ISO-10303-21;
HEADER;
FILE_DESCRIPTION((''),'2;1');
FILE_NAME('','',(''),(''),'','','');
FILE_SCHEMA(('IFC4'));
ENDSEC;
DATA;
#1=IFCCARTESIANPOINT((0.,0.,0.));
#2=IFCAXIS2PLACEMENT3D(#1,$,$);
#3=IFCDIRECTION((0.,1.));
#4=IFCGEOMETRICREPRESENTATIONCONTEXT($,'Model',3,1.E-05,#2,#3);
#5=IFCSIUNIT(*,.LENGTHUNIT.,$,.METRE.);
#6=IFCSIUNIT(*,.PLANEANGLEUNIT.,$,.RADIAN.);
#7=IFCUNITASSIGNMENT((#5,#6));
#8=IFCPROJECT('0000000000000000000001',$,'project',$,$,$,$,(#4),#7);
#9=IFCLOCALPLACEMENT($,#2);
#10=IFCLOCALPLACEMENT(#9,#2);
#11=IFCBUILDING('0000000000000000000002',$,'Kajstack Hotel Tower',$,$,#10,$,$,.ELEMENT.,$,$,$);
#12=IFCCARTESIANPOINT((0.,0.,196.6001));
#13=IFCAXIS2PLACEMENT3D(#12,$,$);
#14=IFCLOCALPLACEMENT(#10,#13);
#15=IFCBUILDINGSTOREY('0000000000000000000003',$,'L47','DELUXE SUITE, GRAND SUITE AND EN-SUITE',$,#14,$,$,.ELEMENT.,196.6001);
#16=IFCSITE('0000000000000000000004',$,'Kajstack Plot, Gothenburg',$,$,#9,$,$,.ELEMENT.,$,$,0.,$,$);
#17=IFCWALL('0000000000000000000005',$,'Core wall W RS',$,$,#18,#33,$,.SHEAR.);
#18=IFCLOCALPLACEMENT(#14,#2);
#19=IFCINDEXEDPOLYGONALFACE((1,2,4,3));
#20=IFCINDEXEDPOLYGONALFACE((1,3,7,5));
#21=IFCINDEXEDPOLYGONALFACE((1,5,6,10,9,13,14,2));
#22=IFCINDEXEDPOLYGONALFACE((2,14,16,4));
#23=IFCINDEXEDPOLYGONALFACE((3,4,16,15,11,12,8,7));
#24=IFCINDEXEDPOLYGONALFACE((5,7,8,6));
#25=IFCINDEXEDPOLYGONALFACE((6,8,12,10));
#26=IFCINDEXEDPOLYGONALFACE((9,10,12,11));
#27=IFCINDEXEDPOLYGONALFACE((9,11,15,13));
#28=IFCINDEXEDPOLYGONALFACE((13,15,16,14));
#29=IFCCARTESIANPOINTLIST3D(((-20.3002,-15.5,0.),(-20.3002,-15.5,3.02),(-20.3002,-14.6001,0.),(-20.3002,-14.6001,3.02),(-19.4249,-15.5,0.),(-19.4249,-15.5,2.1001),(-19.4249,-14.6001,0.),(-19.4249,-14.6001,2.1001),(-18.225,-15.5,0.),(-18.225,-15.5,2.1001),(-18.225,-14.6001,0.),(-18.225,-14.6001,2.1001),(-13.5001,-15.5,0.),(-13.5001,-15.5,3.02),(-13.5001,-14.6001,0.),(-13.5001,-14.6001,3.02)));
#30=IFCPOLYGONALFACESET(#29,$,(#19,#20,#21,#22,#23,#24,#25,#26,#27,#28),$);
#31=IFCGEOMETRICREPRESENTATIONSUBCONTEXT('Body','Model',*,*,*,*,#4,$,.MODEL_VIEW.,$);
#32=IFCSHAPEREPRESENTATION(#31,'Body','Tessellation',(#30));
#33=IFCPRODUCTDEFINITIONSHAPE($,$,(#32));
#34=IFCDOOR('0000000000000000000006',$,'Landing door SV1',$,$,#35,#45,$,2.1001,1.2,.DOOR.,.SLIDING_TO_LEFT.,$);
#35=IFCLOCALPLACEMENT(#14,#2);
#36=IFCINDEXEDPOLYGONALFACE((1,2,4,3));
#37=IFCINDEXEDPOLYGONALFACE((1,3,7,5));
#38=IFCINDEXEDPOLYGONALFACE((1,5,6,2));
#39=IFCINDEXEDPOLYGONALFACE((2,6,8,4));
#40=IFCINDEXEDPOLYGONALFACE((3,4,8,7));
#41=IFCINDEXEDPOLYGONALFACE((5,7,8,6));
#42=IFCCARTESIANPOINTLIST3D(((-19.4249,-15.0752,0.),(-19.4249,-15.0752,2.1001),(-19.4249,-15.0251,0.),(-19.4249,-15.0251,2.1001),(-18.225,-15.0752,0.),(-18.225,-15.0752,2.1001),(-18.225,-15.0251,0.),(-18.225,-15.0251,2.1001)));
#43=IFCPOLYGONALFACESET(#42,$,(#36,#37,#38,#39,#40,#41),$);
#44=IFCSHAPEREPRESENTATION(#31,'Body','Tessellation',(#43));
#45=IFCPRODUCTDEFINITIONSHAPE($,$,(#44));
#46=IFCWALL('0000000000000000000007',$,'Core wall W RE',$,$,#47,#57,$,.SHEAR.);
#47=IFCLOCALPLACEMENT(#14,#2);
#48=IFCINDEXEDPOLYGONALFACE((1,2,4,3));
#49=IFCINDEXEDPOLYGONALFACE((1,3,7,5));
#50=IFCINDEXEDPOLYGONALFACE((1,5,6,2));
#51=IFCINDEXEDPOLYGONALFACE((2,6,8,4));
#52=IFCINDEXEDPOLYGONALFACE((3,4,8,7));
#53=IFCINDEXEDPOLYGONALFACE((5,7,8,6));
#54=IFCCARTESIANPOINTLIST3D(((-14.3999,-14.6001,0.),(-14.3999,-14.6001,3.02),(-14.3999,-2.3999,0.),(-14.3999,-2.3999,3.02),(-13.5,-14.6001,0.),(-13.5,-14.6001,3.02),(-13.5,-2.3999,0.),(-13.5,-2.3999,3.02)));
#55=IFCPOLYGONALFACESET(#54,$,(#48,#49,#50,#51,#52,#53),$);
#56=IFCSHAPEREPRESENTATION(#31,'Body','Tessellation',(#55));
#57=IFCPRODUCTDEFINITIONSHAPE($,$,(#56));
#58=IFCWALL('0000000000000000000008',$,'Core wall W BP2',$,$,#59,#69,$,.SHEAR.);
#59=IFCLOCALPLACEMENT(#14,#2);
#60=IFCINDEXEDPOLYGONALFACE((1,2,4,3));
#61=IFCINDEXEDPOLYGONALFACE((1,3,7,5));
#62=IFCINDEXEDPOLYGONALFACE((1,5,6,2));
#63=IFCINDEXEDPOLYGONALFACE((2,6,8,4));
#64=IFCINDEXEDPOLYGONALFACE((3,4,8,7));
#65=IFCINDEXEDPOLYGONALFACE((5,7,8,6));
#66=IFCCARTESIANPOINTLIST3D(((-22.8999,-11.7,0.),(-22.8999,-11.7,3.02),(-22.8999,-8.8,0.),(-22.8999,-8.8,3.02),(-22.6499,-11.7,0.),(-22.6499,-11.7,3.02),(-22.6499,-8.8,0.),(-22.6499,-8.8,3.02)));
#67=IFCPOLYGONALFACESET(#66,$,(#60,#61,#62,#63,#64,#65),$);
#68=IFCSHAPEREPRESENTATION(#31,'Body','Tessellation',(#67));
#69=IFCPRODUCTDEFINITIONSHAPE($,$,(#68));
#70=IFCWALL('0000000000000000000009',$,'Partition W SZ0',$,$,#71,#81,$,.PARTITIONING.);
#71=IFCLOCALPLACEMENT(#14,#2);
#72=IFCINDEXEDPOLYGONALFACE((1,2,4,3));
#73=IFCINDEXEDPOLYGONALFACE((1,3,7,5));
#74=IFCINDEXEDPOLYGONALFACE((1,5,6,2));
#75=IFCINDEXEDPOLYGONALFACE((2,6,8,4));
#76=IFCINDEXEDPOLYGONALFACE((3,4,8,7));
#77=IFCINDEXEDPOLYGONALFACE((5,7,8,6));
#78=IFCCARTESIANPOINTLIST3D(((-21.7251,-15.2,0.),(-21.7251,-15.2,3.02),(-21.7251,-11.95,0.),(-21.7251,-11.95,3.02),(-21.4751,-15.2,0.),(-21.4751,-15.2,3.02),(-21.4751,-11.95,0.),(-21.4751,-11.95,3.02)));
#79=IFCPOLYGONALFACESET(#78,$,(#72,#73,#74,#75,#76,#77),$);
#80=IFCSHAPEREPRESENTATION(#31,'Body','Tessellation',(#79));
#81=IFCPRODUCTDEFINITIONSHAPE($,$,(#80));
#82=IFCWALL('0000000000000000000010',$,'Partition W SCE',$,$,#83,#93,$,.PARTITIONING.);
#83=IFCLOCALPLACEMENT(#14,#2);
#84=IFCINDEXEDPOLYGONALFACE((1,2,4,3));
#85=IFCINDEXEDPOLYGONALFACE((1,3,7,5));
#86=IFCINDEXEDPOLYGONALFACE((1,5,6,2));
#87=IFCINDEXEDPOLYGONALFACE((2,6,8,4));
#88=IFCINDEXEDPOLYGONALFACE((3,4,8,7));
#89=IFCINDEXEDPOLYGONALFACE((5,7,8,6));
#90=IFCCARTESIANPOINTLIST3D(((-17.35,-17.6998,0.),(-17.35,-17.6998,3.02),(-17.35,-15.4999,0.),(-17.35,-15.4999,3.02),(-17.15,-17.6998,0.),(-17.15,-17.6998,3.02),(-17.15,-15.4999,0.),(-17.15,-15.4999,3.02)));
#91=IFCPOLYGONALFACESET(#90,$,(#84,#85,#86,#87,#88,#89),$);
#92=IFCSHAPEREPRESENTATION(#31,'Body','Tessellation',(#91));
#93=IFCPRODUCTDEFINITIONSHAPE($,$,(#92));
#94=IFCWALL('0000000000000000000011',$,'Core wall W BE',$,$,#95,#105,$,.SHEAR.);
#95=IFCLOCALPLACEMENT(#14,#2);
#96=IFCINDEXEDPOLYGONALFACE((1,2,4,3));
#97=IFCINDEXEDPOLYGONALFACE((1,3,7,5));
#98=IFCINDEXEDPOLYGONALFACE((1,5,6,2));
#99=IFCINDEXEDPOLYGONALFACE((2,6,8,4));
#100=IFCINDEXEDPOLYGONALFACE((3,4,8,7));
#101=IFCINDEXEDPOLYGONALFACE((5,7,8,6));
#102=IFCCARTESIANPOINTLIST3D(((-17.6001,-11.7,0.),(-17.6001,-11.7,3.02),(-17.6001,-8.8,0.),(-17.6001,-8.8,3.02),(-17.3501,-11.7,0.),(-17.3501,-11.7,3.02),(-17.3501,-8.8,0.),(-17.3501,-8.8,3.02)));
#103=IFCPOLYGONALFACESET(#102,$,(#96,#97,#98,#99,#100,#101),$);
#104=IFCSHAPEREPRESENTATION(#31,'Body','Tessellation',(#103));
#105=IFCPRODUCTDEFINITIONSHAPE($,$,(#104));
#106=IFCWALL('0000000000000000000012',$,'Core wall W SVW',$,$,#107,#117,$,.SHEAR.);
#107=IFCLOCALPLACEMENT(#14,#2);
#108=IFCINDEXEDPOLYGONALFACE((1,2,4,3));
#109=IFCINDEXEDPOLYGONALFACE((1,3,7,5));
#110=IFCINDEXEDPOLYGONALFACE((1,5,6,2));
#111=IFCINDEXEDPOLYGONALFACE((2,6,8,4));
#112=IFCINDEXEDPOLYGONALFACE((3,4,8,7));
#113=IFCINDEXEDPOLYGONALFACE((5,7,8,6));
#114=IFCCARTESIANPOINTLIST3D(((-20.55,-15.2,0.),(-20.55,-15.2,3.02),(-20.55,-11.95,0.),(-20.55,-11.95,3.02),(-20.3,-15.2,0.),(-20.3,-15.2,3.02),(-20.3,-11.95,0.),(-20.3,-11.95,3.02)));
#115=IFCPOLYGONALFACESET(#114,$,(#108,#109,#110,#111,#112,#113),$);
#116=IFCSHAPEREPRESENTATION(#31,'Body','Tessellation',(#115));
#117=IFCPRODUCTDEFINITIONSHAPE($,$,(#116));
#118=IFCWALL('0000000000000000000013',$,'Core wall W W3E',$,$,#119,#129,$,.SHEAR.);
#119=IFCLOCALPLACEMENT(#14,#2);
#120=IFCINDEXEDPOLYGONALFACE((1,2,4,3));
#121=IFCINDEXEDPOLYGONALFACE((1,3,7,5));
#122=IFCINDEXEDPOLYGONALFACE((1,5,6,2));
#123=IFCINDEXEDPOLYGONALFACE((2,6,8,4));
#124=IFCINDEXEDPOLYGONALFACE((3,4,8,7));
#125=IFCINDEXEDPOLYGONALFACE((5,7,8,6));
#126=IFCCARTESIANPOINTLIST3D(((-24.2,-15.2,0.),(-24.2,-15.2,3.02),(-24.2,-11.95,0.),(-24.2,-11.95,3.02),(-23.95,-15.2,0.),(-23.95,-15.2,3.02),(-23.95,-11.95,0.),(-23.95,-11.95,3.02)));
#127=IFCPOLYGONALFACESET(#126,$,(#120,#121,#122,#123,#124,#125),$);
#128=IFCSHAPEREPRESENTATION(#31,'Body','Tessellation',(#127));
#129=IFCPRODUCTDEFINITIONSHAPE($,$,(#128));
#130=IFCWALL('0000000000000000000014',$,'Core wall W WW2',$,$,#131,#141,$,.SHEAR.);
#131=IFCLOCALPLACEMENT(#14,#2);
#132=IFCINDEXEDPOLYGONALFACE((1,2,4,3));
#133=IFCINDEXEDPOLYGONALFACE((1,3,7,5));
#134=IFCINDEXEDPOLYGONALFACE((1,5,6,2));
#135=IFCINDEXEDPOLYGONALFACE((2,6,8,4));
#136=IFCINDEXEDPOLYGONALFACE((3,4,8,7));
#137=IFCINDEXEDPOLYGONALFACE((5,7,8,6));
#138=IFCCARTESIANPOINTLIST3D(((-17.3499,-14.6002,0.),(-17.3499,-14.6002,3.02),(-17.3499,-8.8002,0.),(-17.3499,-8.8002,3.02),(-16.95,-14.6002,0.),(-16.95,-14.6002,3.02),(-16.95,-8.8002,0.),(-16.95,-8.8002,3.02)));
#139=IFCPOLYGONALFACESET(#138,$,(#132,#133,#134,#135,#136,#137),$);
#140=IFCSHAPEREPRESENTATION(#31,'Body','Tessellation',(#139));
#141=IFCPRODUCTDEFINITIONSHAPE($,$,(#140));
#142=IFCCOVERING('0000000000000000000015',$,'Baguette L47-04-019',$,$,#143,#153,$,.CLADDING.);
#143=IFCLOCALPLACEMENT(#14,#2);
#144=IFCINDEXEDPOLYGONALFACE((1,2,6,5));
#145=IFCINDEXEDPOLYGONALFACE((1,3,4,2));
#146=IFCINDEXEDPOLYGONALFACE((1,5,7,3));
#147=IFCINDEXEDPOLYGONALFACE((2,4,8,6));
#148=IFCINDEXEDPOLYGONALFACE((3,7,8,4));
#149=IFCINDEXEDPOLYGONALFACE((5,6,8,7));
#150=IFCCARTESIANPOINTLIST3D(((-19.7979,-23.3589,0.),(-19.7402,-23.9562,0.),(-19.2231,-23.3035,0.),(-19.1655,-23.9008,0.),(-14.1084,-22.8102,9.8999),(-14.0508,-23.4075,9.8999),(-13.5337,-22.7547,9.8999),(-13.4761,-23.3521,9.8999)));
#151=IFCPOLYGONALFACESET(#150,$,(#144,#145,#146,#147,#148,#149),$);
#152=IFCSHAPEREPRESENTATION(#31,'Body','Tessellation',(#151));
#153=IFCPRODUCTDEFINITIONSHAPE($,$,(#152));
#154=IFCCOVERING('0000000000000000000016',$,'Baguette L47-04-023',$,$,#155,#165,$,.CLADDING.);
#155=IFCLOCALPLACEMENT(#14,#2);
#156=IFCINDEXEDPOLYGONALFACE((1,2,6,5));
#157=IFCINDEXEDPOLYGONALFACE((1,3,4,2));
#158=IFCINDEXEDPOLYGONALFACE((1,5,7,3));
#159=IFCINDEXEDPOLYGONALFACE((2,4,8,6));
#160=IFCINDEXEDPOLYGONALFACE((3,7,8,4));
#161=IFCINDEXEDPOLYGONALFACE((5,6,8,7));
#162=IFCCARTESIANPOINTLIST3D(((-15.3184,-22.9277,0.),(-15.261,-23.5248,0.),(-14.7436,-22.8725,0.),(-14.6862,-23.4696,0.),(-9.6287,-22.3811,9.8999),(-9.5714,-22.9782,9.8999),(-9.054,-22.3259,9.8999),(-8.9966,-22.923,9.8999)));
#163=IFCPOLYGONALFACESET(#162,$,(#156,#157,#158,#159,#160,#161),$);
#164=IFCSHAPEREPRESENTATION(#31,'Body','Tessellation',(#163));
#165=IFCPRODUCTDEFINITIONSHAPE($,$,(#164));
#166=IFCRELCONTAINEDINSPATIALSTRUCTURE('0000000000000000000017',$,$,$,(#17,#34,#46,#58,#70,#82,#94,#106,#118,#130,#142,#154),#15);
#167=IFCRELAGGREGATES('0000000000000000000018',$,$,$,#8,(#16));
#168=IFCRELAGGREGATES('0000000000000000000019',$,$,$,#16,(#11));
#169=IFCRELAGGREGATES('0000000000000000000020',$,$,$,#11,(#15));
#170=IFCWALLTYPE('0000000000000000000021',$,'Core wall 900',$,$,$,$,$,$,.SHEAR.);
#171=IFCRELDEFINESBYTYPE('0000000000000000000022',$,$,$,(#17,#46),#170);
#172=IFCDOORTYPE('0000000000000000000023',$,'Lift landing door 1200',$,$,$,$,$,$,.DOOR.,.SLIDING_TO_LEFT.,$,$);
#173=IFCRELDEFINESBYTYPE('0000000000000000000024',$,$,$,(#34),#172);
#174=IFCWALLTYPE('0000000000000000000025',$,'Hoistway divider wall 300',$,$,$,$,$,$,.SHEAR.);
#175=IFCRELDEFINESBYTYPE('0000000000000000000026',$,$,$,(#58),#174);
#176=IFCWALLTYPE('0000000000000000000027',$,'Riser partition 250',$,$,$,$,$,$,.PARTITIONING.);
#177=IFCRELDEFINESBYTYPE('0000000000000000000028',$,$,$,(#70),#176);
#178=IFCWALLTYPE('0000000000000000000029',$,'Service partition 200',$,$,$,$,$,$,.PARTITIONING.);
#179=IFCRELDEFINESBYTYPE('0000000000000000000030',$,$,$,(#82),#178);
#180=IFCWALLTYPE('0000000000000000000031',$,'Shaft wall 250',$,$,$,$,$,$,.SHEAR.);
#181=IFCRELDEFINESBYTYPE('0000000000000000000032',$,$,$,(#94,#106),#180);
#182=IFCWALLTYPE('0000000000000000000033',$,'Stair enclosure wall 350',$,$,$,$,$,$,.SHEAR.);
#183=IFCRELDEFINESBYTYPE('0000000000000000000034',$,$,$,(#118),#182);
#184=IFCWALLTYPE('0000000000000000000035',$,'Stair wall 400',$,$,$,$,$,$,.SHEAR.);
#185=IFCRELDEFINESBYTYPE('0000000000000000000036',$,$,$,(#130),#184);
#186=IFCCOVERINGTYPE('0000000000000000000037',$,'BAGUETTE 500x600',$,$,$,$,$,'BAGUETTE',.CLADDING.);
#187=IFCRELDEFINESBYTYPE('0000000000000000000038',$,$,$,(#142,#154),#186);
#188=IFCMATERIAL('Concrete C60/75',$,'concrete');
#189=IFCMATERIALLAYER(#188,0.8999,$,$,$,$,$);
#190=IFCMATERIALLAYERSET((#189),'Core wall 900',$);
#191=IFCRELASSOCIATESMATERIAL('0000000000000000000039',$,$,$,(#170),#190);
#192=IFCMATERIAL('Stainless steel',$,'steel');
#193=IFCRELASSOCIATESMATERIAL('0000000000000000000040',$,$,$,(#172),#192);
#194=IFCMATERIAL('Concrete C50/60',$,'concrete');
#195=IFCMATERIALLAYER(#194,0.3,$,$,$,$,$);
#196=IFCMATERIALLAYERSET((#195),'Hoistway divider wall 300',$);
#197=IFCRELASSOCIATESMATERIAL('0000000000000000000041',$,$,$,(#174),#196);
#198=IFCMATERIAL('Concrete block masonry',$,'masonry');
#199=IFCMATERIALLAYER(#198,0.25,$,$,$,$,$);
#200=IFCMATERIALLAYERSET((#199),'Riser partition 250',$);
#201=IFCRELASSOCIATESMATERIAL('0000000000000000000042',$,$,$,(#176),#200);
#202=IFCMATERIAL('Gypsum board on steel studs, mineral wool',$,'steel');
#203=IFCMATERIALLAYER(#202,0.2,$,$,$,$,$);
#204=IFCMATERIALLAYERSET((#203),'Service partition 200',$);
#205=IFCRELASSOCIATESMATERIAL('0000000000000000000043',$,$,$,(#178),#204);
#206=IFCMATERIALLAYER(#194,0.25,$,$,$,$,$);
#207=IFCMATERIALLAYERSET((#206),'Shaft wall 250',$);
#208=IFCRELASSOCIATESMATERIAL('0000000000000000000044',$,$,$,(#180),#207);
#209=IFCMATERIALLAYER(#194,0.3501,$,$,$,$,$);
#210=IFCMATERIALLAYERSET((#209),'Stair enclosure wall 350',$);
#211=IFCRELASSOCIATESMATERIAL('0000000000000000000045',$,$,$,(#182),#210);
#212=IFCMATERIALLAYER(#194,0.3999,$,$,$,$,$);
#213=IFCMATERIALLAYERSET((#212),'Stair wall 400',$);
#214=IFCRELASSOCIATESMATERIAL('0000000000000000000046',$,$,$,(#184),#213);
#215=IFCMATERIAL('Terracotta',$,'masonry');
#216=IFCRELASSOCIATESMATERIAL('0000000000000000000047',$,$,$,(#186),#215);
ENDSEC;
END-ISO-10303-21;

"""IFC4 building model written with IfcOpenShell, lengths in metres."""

from ifc_helpers import new_model, si_unit, direction, frame, frame_2d, origin, origin_2d, place, context, subcontext, project, spatial, polyline, rectangle, outline, extrude, material, layer, layer_set, material_profile, profile_set, type_object, element, fill, save


model = new_model("IFC4")

# Units and contexts
model_context = context("Model", 3, precision=1e-05, world=origin(), true_north=direction((0.0, 1.0)))
body_context = subcontext(model_context, "Body", "Model", "MODEL_VIEW")
ifc_project = project(units=[si_unit("LENGTHUNIT", "METRE"), si_unit("PLANEANGLEUNIT", "RADIAN")], contexts=[model_context])

# Site, building, storey
site_placement = place(None, origin())
site = spatial("IfcSite", under=ifc_project, at=site_placement, Name="Kajstack Plot, Gothenburg", CompositionType="ELEMENT", RefElevation=0.0)
building_placement = place(site_placement, origin())
building = spatial("IfcBuilding", under=site, at=building_placement, Name="Kajstack Hotel Tower", CompositionType="ELEMENT")
storey_placement = place(building_placement, frame((0.0, 0.0, 196.6001)))
storey = spatial("IfcBuildingStorey", under=building, at=storey_placement, Name="L47", Description="DELUXE SUITE, GRAND SUITE AND EN-SUITE", CompositionType="ELEMENT", Elevation=196.6001)

# Wall, opening, door
ifc_material_1 = material(Name="Concrete C60/75", Category="concrete")
ifc_layer_1 = layer(ifc_material_1, 0.8999)
ifc_layer_set_1 = layer_set([ifc_layer_1], Name="Core wall 900")
wall_type_1 = type_object("IfcWallType", Name="Core wall 900", PredefinedType="SHEAR", material=ifc_layer_set_1)
wall_1_placement = place(storey_placement, frame((-20.3, -15.05, 0.0), z_axis=(0.0, 0.0, 1.0), x_axis=(1.0, 0.0, 0.0)))
wall_1 = element("IfcWall", 1, at=wall_1_placement, inside=storey, type_object=wall_type_1, Name="Core wall W RS", PredefinedType="SHEAR", context=body_context, shape_type="SweptSolid", body=[
    extrude(rectangle(XDim=6.8, YDim=0.8999, at=frame_2d((3.3999, 0.0))), origin(), (0.0, 0.0, 1.0), 3.02),
])
opening_placement = place(wall_1_placement, frame((0.875, 0.0, 0.0)))
opening = element("IfcOpeningElement", 2, at=opening_placement, cuts=wall_1, PredefinedType="OPENING", context=body_context, shape_type="SweptSolid", body=[
    extrude(rectangle(XDim=1.2, YDim=2.1001, at=frame_2d((0.6001, 1.05))), frame((0.0, 0.46, 0.0), z_axis=(0.0, -1.0, 0.0), x_axis=(1.0, 0.0, 0.0)), (0.0, 0.0, 1.0), 0.9199),
])
ifc_material_2 = material(Name="Stainless steel", Category="steel")
door_type = type_object("IfcDoorType", Name="Lift landing door 1200", OperationType="SLIDING_TO_LEFT", PredefinedType="DOOR", material=ifc_material_2)
door_placement = place(opening_placement, origin())
door = element("IfcDoor", 3, at=door_placement, inside=storey, type_object=door_type, Name="Landing door SV1", OperationType="SLIDING_TO_LEFT", OverallHeight=2.1001, OverallWidth=1.2, PredefinedType="DOOR", context=body_context, shape_type="SweptSolid", body=[
    extrude(rectangle(XDim=1.2, YDim=2.1001, at=frame_2d((0.6001, 1.05))), frame((0.0, 0.0249, 0.0), z_axis=(0.0, -1.0, 0.0), x_axis=(1.0, 0.0, 0.0)), (0.0, 0.0, 1.0), 0.05),
])
fill(opening, door)

# Walls
wall_2_placement = place(storey_placement, frame((-13.95, -14.6001, 0.0), z_axis=(0.0, 0.0, 1.0), x_axis=(0.0, 1.0, 0.0)))
element("IfcWall", 4, at=wall_2_placement, inside=storey, type_object=wall_type_1, Name="Core wall W RE", PredefinedType="SHEAR", context=body_context, shape_type="SweptSolid", body=[
    extrude(rectangle(XDim=12.2002, YDim=0.8999, at=frame_2d((6.1001, 0.0))), origin(), (0.0, 0.0, 1.0), 3.02),
])
ifc_material_3 = material(Name="Concrete C50/60", Category="concrete")
ifc_layer_2 = layer(ifc_material_3, 0.3)
ifc_layer_set_2 = layer_set([ifc_layer_2], Name="Hoistway divider wall 300")
wall_type_2 = type_object("IfcWallType", Name="Hoistway divider wall 300", PredefinedType="SHEAR", material=ifc_layer_set_2)
wall_3_placement = place(storey_placement, frame((-22.7749, -11.7, 0.0), z_axis=(0.0, 0.0, 1.0), x_axis=(0.0, 1.0, 0.0)))
element("IfcWall", 5, at=wall_3_placement, inside=storey, type_object=wall_type_2, Name="Core wall W BP2", PredefinedType="SHEAR", context=body_context, shape_type="SweptSolid", body=[
    extrude(rectangle(XDim=2.8999, YDim=0.25, at=frame_2d((1.45, 0.0))), origin(), (0.0, 0.0, 1.0), 3.02),
])
ifc_material_4 = material(Name="Concrete block masonry", Category="masonry")
ifc_layer_3 = layer(ifc_material_4, 0.25)
ifc_layer_set_3 = layer_set([ifc_layer_3], Name="Riser partition 250")
wall_type_3 = type_object("IfcWallType", Name="Riser partition 250", PredefinedType="PARTITIONING", material=ifc_layer_set_3)
wall_4_placement = place(storey_placement, frame((-21.6001, -15.2, 0.0), z_axis=(0.0, 0.0, 1.0), x_axis=(0.0, 1.0, 0.0)))
element("IfcWall", 6, at=wall_4_placement, inside=storey, type_object=wall_type_3, Name="Partition W SZ0", PredefinedType="PARTITIONING", context=body_context, shape_type="SweptSolid", body=[
    extrude(rectangle(XDim=3.25, YDim=0.25, at=frame_2d((1.625, 0.0))), origin(), (0.0, 0.0, 1.0), 3.02),
])
ifc_material_5 = material(Name="Gypsum board on steel studs, mineral wool", Category="steel")
ifc_layer_4 = layer(ifc_material_5, 0.2)
ifc_layer_set_4 = layer_set([ifc_layer_4], Name="Service partition 200")
wall_type_4 = type_object("IfcWallType", Name="Service partition 200", PredefinedType="PARTITIONING", material=ifc_layer_set_4)
wall_5_placement = place(storey_placement, frame((-17.25, -17.7, 0.0), z_axis=(0.0, 0.0, 1.0), x_axis=(0.0, 1.0, 0.0)))
element("IfcWall", 7, at=wall_5_placement, inside=storey, type_object=wall_type_4, Name="Partition W SCE", PredefinedType="PARTITIONING", context=body_context, shape_type="SweptSolid", body=[
    extrude(rectangle(XDim=2.2, YDim=0.2, at=frame_2d((1.1001, 0.0))), origin(), (0.0, 0.0, 1.0), 3.02),
])
ifc_layer_5 = layer(ifc_material_3, 0.25)
ifc_layer_set_5 = layer_set([ifc_layer_5], Name="Shaft wall 250")
wall_type_5 = type_object("IfcWallType", Name="Shaft wall 250", PredefinedType="SHEAR", material=ifc_layer_set_5)
wall_6_placement = place(storey_placement, frame((-17.4751, -11.7, 0.0), z_axis=(0.0, 0.0, 1.0), x_axis=(0.0, 1.0, 0.0)))
element("IfcWall", 8, at=wall_6_placement, inside=storey, type_object=wall_type_5, Name="Core wall W BE", PredefinedType="SHEAR", context=body_context, shape_type="SweptSolid", body=[
    extrude(rectangle(XDim=2.8999, YDim=0.25, at=frame_2d((1.45, 0.0))), origin(), (0.0, 0.0, 1.0), 3.02),
])
wall_7_placement = place(storey_placement, frame((-20.425, -15.2, 0.0), z_axis=(0.0, 0.0, 1.0), x_axis=(0.0, 1.0, 0.0)))
element("IfcWall", 9, at=wall_7_placement, inside=storey, type_object=wall_type_5, Name="Core wall W SVW", PredefinedType="SHEAR", context=body_context, shape_type="SweptSolid", body=[
    extrude(rectangle(XDim=3.25, YDim=0.25, at=frame_2d((1.625, 0.0))), origin(), (0.0, 0.0, 1.0), 3.02),
])
ifc_layer_6 = layer(ifc_material_3, 0.3501)
ifc_layer_set_6 = layer_set([ifc_layer_6], Name="Stair enclosure wall 350")
wall_type_6 = type_object("IfcWallType", Name="Stair enclosure wall 350", PredefinedType="SHEAR", material=ifc_layer_set_6)
wall_8_placement = place(storey_placement, frame((-24.075, -15.2, 0.0), z_axis=(0.0, 0.0, 1.0), x_axis=(0.0, 1.0, 0.0)))
element("IfcWall", 10, at=wall_8_placement, inside=storey, type_object=wall_type_6, Name="Core wall W W3E", PredefinedType="SHEAR", context=body_context, shape_type="SweptSolid", body=[
    extrude(rectangle(XDim=3.25, YDim=0.25, at=frame_2d((1.625, 0.0))), origin(), (0.0, 0.0, 1.0), 3.02),
])
ifc_layer_7 = layer(ifc_material_3, 0.3999)
ifc_layer_set_7 = layer_set([ifc_layer_7], Name="Stair wall 400")
wall_type_7 = type_object("IfcWallType", Name="Stair wall 400", PredefinedType="SHEAR", material=ifc_layer_set_7)
wall_9_placement = place(storey_placement, frame((-17.1499, -14.6001, 0.0), z_axis=(0.0, 0.0, 1.0), x_axis=(0.0, 1.0, 0.0)))
element("IfcWall", 11, at=wall_9_placement, inside=storey, type_object=wall_type_7, Name="Core wall W WW2", PredefinedType="SHEAR", context=body_context, shape_type="SweptSolid", body=[
    extrude(rectangle(XDim=5.8, YDim=0.3999, at=frame_2d((2.8999, 0.0))), origin(), (0.0, 0.0, 1.0), 3.02),
])

# Coverings
ifc_material_6 = material(Name="Terracotta", Category="masonry")
ifc_material_profile = material_profile(ifc_material_6, rectangle(XDim=0.6001, YDim=0.5, at=origin_2d()), Name="Terracotta-clad concrete baguette 500 x 600")
ifc_profile_set = profile_set([ifc_material_profile], Name="Terracotta")
covering_type = type_object("IfcCoveringType", Name="BAGUETTE 500x600", ElementType="BAGUETTE", PredefinedType="CLADDING", material=ifc_profile_set)
covering_1_placement = place(storey_placement, frame((-19.7979, -23.3589, 0.0), z_axis=(0.095999, -0.995381, 0.0), x_axis=(0.995381, 0.095999, 0.0)))
element("IfcCovering", 12, at=covering_1_placement, inside=storey, type_object=covering_type, Name="Baguette L47-04-019", PredefinedType="CLADDING", context=body_context, shape_type="SweptSolid", body=[
    extrude(outline(polyline([(5.7158, 9.8999), (0.0, 0.0), (0.5774, 0.0), (6.2932, 9.8999), (5.7158, 9.8999)])), origin(), (0.0, 0.0, 1.0), 0.6001),
])
covering_2_placement = place(storey_placement, frame((-15.3184, -22.9277, 0.0), z_axis=(0.095635, -0.995416, 0.0), x_axis=(0.995416, 0.095635, 0.0)))
element("IfcCovering", 13, at=covering_2_placement, inside=storey, type_object=covering_type, Name="Baguette L47-04-023", PredefinedType="CLADDING", context=body_context, shape_type="SweptSolid", body=[
    extrude(outline(polyline([(5.7158, 9.8999), (0.0, 0.0), (0.5774, 0.0), (6.2932, 9.8999), (5.7158, 9.8999)])), origin(), (0.0, 0.0, 1.0), 0.5999),
])

save(model, "model.ifc")
